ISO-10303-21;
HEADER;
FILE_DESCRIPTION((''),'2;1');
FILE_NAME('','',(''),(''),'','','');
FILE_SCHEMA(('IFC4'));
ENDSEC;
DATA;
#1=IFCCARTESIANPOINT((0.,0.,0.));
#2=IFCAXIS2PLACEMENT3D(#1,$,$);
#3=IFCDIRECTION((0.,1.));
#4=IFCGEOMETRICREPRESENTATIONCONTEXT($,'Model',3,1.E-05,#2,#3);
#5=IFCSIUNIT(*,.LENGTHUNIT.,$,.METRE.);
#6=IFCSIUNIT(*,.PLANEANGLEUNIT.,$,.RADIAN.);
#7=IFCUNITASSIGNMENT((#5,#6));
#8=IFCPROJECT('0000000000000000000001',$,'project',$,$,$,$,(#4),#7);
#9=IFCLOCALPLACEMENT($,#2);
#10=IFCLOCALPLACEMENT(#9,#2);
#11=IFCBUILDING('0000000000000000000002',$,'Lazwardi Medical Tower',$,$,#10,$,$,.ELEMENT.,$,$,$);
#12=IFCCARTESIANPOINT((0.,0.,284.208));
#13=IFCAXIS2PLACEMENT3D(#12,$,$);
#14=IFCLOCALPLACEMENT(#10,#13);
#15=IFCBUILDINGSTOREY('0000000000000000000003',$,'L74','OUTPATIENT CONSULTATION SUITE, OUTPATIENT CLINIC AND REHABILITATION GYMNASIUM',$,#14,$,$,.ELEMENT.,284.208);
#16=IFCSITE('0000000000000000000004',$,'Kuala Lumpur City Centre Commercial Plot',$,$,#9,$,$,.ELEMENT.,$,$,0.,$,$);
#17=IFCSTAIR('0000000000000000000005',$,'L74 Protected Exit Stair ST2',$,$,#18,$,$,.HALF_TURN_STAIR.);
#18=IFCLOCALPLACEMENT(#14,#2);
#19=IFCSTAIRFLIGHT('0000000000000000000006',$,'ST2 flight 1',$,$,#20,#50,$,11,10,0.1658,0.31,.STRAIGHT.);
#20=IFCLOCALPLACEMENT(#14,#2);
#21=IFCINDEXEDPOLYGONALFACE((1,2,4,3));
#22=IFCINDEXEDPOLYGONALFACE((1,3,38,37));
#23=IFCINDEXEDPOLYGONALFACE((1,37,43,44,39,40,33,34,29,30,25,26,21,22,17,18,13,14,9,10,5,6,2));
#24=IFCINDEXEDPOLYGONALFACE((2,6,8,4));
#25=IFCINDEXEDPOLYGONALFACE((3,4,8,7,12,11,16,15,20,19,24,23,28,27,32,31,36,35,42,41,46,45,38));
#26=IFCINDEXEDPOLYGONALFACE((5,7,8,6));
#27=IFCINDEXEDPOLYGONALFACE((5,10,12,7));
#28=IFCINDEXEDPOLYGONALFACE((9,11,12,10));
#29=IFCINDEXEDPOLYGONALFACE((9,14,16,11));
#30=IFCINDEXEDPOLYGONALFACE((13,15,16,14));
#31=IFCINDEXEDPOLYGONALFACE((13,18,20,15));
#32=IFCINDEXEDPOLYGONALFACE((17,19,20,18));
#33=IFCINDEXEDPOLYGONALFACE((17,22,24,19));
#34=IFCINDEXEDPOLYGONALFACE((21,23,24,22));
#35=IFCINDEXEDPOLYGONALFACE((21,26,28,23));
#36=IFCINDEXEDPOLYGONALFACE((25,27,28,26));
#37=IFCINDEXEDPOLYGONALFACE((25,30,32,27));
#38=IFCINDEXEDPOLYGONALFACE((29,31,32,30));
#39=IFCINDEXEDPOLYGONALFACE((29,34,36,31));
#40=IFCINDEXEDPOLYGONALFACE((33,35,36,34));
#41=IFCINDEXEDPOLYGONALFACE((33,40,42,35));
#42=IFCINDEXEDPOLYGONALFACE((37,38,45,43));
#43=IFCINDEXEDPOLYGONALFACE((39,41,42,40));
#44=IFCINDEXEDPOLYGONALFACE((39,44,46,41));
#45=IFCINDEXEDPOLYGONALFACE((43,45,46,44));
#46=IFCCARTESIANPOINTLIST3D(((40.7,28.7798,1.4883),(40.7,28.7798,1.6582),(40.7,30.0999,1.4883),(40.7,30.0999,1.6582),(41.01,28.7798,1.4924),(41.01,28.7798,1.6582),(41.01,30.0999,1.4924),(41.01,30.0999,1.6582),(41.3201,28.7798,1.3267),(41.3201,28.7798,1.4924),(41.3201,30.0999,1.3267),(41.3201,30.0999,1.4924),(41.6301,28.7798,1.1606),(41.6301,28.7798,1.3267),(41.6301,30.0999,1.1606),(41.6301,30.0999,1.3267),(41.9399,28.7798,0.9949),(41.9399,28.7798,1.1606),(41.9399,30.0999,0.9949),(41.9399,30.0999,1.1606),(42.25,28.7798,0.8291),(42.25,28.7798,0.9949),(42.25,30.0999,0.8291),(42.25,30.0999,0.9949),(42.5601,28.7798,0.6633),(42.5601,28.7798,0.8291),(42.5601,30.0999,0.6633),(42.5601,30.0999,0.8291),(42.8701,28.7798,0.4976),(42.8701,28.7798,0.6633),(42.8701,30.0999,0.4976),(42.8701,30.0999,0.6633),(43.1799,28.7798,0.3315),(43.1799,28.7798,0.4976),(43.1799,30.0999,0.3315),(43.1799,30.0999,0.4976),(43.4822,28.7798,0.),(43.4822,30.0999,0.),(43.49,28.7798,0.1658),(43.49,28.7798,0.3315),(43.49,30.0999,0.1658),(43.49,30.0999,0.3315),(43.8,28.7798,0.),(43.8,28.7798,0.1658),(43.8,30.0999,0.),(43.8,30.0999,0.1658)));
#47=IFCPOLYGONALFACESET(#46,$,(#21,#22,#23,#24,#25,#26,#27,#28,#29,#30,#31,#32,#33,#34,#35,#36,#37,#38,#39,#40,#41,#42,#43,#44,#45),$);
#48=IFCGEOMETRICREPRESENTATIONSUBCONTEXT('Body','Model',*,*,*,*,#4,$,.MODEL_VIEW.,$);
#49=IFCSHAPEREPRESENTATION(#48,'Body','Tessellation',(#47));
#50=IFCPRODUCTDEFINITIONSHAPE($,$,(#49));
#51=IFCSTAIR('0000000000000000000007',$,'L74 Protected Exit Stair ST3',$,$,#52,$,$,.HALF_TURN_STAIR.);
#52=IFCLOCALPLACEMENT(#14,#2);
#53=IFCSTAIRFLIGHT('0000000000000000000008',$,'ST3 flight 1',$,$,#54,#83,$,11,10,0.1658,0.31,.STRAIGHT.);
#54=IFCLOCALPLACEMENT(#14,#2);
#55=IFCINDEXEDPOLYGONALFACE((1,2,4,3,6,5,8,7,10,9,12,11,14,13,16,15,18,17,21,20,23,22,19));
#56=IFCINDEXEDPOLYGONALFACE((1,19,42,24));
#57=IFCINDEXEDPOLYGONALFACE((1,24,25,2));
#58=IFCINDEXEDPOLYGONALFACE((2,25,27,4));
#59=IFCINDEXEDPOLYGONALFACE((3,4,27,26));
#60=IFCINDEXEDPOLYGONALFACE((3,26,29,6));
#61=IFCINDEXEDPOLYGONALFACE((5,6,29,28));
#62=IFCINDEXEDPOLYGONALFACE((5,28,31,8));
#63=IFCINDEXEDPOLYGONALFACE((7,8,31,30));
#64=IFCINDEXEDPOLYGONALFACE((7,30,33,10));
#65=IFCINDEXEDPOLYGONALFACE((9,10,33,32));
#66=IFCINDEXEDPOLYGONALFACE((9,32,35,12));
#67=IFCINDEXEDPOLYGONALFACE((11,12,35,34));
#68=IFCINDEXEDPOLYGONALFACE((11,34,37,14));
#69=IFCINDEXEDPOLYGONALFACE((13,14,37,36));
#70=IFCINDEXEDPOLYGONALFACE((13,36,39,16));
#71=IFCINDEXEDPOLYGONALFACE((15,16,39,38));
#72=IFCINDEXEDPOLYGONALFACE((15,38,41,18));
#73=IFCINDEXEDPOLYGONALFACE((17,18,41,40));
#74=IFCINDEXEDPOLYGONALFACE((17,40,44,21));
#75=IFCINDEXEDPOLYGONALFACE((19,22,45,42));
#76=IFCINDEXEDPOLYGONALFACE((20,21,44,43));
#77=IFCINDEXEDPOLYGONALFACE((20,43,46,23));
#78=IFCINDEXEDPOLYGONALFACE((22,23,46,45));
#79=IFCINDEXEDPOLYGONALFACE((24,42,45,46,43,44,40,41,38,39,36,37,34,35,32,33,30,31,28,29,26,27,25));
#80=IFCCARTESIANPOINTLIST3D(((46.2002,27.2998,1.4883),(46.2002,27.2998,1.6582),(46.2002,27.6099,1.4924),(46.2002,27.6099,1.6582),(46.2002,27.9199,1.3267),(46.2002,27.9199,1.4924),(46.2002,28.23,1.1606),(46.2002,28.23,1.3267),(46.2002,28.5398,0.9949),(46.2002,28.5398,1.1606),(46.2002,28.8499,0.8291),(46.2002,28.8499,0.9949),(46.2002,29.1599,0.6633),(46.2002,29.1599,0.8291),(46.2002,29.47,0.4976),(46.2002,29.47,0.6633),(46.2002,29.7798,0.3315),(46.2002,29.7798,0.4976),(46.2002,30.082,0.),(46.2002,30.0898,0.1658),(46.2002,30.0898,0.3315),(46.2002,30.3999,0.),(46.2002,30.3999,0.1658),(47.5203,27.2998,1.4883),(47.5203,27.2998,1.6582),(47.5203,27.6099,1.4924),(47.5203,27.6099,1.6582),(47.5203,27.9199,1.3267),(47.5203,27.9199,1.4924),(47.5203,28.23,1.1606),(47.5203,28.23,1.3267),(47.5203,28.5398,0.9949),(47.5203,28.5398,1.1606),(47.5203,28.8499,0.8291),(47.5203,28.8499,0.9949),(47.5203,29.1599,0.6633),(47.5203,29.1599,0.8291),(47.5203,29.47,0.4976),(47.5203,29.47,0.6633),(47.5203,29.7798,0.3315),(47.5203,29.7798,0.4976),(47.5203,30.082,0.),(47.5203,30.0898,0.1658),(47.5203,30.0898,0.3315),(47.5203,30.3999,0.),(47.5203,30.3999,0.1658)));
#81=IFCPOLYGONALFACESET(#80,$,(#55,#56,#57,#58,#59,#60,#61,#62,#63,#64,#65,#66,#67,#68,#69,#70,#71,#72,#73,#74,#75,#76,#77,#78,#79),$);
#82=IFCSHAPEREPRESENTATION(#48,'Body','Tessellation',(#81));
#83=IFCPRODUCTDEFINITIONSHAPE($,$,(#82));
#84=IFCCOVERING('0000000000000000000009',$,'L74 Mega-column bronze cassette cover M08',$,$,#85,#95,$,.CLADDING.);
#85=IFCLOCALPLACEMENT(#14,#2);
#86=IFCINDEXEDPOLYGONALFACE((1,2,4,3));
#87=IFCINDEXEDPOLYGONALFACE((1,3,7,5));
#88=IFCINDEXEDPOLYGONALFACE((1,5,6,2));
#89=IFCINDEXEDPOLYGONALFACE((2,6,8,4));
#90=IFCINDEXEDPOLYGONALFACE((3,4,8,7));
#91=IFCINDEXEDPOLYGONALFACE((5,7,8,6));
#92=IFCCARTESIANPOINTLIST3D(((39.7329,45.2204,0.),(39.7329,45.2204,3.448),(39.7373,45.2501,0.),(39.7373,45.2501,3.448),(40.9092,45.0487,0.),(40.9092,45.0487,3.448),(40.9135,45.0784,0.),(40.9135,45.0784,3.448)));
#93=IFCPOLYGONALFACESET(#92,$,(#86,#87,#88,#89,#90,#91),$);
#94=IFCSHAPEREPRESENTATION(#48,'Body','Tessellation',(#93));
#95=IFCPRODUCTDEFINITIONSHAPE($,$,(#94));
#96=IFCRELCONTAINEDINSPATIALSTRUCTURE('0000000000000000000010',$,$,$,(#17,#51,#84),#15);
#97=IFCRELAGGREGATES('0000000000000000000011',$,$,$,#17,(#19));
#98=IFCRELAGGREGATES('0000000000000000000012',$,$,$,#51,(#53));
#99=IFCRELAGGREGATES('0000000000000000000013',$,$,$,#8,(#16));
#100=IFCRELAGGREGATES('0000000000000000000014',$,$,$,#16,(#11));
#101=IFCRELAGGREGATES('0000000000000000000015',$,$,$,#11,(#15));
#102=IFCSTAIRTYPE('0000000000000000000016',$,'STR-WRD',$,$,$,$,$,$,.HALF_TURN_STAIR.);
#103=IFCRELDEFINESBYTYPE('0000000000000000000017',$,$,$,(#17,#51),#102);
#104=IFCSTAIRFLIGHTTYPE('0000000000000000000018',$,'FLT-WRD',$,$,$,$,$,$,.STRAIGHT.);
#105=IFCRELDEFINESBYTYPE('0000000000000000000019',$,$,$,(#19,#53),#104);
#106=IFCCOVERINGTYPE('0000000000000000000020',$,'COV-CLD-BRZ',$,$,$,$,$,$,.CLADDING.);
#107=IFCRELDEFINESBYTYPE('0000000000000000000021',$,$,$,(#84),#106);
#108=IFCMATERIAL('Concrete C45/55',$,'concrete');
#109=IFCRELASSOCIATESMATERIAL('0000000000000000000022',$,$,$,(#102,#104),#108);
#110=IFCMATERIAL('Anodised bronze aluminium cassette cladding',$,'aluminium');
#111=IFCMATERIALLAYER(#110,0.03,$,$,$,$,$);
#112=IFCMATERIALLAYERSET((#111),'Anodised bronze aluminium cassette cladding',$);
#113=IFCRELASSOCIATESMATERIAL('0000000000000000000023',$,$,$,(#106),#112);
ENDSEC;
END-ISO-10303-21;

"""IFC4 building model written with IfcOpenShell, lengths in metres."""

from ifc_helpers import new_model, si_unit, direction, frame, origin, origin_2d, place, context, subcontext, project, spatial, polyline, rectangle, outline, extrude, material, layer, layer_set, type_object, element, aggregate, save


model = new_model("IFC4")

# Units and contexts
model_context = context("Model", 3, precision=1e-05, world=origin(), true_north=direction((0.0, 1.0)))
body_context = subcontext(model_context, "Body", "Model", "MODEL_VIEW")
ifc_project = project(units=[si_unit("LENGTHUNIT", "METRE"), si_unit("PLANEANGLEUNIT", "RADIAN")], contexts=[model_context])

# Site, building, storey
site_placement = place(None, origin())
site = spatial("IfcSite", under=ifc_project, at=site_placement, Name="Kuala Lumpur City Centre Commercial Plot", CompositionType="ELEMENT", RefElevation=0.0)
building_placement = place(site_placement, origin())
building = spatial("IfcBuilding", under=site, at=building_placement, Name="Lazwardi Medical Tower", CompositionType="ELEMENT")
storey_placement = place(building_placement, frame((0.0, 0.0, 284.208)))
storey = spatial("IfcBuildingStorey", under=building, at=storey_placement, Name="L74", Description="OUTPATIENT CONSULTATION SUITE, OUTPATIENT CLINIC AND REHABILITATION GYMNASIUM", CompositionType="ELEMENT", Elevation=284.208)

# Stairs, stair flights
ifc_material_1 = material(Name="Concrete C45/55", Category="concrete")
stair_type = type_object("IfcStairType", Name="STR-WRD", PredefinedType="HALF_TURN_STAIR", material=ifc_material_1)
stair_1_placement = place(storey_placement, origin())
stair_1 = element("IfcStair", 1, at=stair_1_placement, inside=storey, type_object=stair_type, Name="L74 Protected Exit Stair ST2", PredefinedType="HALF_TURN_STAIR")
stair_flight_type = type_object("IfcStairFlightType", Name="FLT-WRD", PredefinedType="STRAIGHT", material=ifc_material_1)
stair_flight_1_placement = place(storey_placement, frame((43.8, 29.4399, 0.0), z_axis=(0.0, 0.0, 1.0), x_axis=(-1.0, 0.0, 0.0)))
stair_flight_1 = element("IfcStairFlight", 2, at=stair_flight_1_placement, type_object=stair_flight_type, Name="ST2 flight 1", NumberOfRisers=11, NumberOfTreads=10, PredefinedType="STRAIGHT", RiserHeight=0.1658, TreadLength=0.31, context=body_context, shape_type="SweptSolid", body=[
    extrude(outline(polyline([(0.0, 0.0), (0.0, 0.1658), (0.3101, 0.1658), (0.3101, 0.3315), (0.6201, 0.3315), (0.6201, 0.4976), (0.9299, 0.4976), (0.9299, 0.6633), (1.24, 0.6633), (1.24, 0.8291), (1.55, 0.8291), (1.55, 0.9949), (1.8601, 0.9949), (1.8601, 1.1606), (2.1699, 1.1606), (2.1699, 1.3267), (2.48, 1.3267), (2.48, 1.4924), (2.79, 1.4924), (2.79, 1.6582), (3.1001, 1.6582), (3.1001, 1.824), (3.1001, 1.4883), (0.3179, 0.0), (0.0, 0.0)])), frame((0.0, 0.6602, 0.0), z_axis=(0.0, -1.0, 0.0), x_axis=(1.0, 0.0, 0.0)), (0.0, 0.0, 1.0), 1.3201),
])
aggregate(stair_1, [stair_flight_1])
stair_2_placement = place(storey_placement, origin())
stair_2 = element("IfcStair", 3, at=stair_2_placement, inside=storey, type_object=stair_type, Name="L74 Protected Exit Stair ST3", PredefinedType="HALF_TURN_STAIR")
stair_flight_2_placement = place(storey_placement, frame((46.8601, 30.3999, 0.0), z_axis=(0.0, 0.0, 1.0), x_axis=(0.0, -1.0, 0.0)))
stair_flight_2 = element("IfcStairFlight", 4, at=stair_flight_2_placement, type_object=stair_flight_type, Name="ST3 flight 1", NumberOfRisers=11, NumberOfTreads=10, PredefinedType="STRAIGHT", RiserHeight=0.1658, TreadLength=0.31, context=body_context, shape_type="SweptSolid", body=[
    extrude(outline(polyline([(0.0, 0.0), (0.0, 0.1658), (0.3101, 0.1658), (0.3101, 0.3315), (0.6201, 0.3315), (0.6201, 0.4976), (0.9299, 0.4976), (0.9299, 0.6633), (1.24, 0.6633), (1.24, 0.8291), (1.55, 0.8291), (1.55, 0.9949), (1.8601, 0.9949), (1.8601, 1.1606), (2.1699, 1.1606), (2.1699, 1.3267), (2.48, 1.3267), (2.48, 1.4924), (2.79, 1.4924), (2.79, 1.6582), (3.1001, 1.6582), (3.1001, 1.824), (3.1001, 1.4883), (0.3179, 0.0), (0.0, 0.0)])), frame((0.0, 0.6602, 0.0), z_axis=(0.0, -1.0, 0.0), x_axis=(1.0, 0.0, 0.0)), (0.0, 0.0, 1.0), 1.3201),
])
aggregate(stair_2, [stair_flight_2])

# Covering
ifc_material_2 = material(Name="Anodised bronze aluminium cassette cladding", Category="aluminium")
ifc_layer_1 = layer(ifc_material_2, 0.03)
ifc_layer_set_1 = layer_set([ifc_layer_1], Name="Anodised bronze aluminium cassette cladding")
covering_type = type_object("IfcCoveringType", Name="COV-CLD-BRZ", PredefinedType="CLADDING", material=ifc_layer_set_1)
covering_placement = place(storey_placement, frame((40.3232, 45.1494, 0.0), z_axis=(0.0, 0.0, 1.0), x_axis=(-0.989512, 0.144448, 0.0)))
element("IfcCovering", 5, at=covering_placement, inside=storey, type_object=covering_type, Name="L74 Mega-column bronze cassette cover M08", PredefinedType="CLADDING", context=body_context, shape_type="SweptSolid", body=[
    extrude(rectangle(XDim=1.1887, YDim=0.03, at=origin_2d()), origin(), (0.0, 0.0, 1.0), 3.448),
])

save(model, "model.ifc")
